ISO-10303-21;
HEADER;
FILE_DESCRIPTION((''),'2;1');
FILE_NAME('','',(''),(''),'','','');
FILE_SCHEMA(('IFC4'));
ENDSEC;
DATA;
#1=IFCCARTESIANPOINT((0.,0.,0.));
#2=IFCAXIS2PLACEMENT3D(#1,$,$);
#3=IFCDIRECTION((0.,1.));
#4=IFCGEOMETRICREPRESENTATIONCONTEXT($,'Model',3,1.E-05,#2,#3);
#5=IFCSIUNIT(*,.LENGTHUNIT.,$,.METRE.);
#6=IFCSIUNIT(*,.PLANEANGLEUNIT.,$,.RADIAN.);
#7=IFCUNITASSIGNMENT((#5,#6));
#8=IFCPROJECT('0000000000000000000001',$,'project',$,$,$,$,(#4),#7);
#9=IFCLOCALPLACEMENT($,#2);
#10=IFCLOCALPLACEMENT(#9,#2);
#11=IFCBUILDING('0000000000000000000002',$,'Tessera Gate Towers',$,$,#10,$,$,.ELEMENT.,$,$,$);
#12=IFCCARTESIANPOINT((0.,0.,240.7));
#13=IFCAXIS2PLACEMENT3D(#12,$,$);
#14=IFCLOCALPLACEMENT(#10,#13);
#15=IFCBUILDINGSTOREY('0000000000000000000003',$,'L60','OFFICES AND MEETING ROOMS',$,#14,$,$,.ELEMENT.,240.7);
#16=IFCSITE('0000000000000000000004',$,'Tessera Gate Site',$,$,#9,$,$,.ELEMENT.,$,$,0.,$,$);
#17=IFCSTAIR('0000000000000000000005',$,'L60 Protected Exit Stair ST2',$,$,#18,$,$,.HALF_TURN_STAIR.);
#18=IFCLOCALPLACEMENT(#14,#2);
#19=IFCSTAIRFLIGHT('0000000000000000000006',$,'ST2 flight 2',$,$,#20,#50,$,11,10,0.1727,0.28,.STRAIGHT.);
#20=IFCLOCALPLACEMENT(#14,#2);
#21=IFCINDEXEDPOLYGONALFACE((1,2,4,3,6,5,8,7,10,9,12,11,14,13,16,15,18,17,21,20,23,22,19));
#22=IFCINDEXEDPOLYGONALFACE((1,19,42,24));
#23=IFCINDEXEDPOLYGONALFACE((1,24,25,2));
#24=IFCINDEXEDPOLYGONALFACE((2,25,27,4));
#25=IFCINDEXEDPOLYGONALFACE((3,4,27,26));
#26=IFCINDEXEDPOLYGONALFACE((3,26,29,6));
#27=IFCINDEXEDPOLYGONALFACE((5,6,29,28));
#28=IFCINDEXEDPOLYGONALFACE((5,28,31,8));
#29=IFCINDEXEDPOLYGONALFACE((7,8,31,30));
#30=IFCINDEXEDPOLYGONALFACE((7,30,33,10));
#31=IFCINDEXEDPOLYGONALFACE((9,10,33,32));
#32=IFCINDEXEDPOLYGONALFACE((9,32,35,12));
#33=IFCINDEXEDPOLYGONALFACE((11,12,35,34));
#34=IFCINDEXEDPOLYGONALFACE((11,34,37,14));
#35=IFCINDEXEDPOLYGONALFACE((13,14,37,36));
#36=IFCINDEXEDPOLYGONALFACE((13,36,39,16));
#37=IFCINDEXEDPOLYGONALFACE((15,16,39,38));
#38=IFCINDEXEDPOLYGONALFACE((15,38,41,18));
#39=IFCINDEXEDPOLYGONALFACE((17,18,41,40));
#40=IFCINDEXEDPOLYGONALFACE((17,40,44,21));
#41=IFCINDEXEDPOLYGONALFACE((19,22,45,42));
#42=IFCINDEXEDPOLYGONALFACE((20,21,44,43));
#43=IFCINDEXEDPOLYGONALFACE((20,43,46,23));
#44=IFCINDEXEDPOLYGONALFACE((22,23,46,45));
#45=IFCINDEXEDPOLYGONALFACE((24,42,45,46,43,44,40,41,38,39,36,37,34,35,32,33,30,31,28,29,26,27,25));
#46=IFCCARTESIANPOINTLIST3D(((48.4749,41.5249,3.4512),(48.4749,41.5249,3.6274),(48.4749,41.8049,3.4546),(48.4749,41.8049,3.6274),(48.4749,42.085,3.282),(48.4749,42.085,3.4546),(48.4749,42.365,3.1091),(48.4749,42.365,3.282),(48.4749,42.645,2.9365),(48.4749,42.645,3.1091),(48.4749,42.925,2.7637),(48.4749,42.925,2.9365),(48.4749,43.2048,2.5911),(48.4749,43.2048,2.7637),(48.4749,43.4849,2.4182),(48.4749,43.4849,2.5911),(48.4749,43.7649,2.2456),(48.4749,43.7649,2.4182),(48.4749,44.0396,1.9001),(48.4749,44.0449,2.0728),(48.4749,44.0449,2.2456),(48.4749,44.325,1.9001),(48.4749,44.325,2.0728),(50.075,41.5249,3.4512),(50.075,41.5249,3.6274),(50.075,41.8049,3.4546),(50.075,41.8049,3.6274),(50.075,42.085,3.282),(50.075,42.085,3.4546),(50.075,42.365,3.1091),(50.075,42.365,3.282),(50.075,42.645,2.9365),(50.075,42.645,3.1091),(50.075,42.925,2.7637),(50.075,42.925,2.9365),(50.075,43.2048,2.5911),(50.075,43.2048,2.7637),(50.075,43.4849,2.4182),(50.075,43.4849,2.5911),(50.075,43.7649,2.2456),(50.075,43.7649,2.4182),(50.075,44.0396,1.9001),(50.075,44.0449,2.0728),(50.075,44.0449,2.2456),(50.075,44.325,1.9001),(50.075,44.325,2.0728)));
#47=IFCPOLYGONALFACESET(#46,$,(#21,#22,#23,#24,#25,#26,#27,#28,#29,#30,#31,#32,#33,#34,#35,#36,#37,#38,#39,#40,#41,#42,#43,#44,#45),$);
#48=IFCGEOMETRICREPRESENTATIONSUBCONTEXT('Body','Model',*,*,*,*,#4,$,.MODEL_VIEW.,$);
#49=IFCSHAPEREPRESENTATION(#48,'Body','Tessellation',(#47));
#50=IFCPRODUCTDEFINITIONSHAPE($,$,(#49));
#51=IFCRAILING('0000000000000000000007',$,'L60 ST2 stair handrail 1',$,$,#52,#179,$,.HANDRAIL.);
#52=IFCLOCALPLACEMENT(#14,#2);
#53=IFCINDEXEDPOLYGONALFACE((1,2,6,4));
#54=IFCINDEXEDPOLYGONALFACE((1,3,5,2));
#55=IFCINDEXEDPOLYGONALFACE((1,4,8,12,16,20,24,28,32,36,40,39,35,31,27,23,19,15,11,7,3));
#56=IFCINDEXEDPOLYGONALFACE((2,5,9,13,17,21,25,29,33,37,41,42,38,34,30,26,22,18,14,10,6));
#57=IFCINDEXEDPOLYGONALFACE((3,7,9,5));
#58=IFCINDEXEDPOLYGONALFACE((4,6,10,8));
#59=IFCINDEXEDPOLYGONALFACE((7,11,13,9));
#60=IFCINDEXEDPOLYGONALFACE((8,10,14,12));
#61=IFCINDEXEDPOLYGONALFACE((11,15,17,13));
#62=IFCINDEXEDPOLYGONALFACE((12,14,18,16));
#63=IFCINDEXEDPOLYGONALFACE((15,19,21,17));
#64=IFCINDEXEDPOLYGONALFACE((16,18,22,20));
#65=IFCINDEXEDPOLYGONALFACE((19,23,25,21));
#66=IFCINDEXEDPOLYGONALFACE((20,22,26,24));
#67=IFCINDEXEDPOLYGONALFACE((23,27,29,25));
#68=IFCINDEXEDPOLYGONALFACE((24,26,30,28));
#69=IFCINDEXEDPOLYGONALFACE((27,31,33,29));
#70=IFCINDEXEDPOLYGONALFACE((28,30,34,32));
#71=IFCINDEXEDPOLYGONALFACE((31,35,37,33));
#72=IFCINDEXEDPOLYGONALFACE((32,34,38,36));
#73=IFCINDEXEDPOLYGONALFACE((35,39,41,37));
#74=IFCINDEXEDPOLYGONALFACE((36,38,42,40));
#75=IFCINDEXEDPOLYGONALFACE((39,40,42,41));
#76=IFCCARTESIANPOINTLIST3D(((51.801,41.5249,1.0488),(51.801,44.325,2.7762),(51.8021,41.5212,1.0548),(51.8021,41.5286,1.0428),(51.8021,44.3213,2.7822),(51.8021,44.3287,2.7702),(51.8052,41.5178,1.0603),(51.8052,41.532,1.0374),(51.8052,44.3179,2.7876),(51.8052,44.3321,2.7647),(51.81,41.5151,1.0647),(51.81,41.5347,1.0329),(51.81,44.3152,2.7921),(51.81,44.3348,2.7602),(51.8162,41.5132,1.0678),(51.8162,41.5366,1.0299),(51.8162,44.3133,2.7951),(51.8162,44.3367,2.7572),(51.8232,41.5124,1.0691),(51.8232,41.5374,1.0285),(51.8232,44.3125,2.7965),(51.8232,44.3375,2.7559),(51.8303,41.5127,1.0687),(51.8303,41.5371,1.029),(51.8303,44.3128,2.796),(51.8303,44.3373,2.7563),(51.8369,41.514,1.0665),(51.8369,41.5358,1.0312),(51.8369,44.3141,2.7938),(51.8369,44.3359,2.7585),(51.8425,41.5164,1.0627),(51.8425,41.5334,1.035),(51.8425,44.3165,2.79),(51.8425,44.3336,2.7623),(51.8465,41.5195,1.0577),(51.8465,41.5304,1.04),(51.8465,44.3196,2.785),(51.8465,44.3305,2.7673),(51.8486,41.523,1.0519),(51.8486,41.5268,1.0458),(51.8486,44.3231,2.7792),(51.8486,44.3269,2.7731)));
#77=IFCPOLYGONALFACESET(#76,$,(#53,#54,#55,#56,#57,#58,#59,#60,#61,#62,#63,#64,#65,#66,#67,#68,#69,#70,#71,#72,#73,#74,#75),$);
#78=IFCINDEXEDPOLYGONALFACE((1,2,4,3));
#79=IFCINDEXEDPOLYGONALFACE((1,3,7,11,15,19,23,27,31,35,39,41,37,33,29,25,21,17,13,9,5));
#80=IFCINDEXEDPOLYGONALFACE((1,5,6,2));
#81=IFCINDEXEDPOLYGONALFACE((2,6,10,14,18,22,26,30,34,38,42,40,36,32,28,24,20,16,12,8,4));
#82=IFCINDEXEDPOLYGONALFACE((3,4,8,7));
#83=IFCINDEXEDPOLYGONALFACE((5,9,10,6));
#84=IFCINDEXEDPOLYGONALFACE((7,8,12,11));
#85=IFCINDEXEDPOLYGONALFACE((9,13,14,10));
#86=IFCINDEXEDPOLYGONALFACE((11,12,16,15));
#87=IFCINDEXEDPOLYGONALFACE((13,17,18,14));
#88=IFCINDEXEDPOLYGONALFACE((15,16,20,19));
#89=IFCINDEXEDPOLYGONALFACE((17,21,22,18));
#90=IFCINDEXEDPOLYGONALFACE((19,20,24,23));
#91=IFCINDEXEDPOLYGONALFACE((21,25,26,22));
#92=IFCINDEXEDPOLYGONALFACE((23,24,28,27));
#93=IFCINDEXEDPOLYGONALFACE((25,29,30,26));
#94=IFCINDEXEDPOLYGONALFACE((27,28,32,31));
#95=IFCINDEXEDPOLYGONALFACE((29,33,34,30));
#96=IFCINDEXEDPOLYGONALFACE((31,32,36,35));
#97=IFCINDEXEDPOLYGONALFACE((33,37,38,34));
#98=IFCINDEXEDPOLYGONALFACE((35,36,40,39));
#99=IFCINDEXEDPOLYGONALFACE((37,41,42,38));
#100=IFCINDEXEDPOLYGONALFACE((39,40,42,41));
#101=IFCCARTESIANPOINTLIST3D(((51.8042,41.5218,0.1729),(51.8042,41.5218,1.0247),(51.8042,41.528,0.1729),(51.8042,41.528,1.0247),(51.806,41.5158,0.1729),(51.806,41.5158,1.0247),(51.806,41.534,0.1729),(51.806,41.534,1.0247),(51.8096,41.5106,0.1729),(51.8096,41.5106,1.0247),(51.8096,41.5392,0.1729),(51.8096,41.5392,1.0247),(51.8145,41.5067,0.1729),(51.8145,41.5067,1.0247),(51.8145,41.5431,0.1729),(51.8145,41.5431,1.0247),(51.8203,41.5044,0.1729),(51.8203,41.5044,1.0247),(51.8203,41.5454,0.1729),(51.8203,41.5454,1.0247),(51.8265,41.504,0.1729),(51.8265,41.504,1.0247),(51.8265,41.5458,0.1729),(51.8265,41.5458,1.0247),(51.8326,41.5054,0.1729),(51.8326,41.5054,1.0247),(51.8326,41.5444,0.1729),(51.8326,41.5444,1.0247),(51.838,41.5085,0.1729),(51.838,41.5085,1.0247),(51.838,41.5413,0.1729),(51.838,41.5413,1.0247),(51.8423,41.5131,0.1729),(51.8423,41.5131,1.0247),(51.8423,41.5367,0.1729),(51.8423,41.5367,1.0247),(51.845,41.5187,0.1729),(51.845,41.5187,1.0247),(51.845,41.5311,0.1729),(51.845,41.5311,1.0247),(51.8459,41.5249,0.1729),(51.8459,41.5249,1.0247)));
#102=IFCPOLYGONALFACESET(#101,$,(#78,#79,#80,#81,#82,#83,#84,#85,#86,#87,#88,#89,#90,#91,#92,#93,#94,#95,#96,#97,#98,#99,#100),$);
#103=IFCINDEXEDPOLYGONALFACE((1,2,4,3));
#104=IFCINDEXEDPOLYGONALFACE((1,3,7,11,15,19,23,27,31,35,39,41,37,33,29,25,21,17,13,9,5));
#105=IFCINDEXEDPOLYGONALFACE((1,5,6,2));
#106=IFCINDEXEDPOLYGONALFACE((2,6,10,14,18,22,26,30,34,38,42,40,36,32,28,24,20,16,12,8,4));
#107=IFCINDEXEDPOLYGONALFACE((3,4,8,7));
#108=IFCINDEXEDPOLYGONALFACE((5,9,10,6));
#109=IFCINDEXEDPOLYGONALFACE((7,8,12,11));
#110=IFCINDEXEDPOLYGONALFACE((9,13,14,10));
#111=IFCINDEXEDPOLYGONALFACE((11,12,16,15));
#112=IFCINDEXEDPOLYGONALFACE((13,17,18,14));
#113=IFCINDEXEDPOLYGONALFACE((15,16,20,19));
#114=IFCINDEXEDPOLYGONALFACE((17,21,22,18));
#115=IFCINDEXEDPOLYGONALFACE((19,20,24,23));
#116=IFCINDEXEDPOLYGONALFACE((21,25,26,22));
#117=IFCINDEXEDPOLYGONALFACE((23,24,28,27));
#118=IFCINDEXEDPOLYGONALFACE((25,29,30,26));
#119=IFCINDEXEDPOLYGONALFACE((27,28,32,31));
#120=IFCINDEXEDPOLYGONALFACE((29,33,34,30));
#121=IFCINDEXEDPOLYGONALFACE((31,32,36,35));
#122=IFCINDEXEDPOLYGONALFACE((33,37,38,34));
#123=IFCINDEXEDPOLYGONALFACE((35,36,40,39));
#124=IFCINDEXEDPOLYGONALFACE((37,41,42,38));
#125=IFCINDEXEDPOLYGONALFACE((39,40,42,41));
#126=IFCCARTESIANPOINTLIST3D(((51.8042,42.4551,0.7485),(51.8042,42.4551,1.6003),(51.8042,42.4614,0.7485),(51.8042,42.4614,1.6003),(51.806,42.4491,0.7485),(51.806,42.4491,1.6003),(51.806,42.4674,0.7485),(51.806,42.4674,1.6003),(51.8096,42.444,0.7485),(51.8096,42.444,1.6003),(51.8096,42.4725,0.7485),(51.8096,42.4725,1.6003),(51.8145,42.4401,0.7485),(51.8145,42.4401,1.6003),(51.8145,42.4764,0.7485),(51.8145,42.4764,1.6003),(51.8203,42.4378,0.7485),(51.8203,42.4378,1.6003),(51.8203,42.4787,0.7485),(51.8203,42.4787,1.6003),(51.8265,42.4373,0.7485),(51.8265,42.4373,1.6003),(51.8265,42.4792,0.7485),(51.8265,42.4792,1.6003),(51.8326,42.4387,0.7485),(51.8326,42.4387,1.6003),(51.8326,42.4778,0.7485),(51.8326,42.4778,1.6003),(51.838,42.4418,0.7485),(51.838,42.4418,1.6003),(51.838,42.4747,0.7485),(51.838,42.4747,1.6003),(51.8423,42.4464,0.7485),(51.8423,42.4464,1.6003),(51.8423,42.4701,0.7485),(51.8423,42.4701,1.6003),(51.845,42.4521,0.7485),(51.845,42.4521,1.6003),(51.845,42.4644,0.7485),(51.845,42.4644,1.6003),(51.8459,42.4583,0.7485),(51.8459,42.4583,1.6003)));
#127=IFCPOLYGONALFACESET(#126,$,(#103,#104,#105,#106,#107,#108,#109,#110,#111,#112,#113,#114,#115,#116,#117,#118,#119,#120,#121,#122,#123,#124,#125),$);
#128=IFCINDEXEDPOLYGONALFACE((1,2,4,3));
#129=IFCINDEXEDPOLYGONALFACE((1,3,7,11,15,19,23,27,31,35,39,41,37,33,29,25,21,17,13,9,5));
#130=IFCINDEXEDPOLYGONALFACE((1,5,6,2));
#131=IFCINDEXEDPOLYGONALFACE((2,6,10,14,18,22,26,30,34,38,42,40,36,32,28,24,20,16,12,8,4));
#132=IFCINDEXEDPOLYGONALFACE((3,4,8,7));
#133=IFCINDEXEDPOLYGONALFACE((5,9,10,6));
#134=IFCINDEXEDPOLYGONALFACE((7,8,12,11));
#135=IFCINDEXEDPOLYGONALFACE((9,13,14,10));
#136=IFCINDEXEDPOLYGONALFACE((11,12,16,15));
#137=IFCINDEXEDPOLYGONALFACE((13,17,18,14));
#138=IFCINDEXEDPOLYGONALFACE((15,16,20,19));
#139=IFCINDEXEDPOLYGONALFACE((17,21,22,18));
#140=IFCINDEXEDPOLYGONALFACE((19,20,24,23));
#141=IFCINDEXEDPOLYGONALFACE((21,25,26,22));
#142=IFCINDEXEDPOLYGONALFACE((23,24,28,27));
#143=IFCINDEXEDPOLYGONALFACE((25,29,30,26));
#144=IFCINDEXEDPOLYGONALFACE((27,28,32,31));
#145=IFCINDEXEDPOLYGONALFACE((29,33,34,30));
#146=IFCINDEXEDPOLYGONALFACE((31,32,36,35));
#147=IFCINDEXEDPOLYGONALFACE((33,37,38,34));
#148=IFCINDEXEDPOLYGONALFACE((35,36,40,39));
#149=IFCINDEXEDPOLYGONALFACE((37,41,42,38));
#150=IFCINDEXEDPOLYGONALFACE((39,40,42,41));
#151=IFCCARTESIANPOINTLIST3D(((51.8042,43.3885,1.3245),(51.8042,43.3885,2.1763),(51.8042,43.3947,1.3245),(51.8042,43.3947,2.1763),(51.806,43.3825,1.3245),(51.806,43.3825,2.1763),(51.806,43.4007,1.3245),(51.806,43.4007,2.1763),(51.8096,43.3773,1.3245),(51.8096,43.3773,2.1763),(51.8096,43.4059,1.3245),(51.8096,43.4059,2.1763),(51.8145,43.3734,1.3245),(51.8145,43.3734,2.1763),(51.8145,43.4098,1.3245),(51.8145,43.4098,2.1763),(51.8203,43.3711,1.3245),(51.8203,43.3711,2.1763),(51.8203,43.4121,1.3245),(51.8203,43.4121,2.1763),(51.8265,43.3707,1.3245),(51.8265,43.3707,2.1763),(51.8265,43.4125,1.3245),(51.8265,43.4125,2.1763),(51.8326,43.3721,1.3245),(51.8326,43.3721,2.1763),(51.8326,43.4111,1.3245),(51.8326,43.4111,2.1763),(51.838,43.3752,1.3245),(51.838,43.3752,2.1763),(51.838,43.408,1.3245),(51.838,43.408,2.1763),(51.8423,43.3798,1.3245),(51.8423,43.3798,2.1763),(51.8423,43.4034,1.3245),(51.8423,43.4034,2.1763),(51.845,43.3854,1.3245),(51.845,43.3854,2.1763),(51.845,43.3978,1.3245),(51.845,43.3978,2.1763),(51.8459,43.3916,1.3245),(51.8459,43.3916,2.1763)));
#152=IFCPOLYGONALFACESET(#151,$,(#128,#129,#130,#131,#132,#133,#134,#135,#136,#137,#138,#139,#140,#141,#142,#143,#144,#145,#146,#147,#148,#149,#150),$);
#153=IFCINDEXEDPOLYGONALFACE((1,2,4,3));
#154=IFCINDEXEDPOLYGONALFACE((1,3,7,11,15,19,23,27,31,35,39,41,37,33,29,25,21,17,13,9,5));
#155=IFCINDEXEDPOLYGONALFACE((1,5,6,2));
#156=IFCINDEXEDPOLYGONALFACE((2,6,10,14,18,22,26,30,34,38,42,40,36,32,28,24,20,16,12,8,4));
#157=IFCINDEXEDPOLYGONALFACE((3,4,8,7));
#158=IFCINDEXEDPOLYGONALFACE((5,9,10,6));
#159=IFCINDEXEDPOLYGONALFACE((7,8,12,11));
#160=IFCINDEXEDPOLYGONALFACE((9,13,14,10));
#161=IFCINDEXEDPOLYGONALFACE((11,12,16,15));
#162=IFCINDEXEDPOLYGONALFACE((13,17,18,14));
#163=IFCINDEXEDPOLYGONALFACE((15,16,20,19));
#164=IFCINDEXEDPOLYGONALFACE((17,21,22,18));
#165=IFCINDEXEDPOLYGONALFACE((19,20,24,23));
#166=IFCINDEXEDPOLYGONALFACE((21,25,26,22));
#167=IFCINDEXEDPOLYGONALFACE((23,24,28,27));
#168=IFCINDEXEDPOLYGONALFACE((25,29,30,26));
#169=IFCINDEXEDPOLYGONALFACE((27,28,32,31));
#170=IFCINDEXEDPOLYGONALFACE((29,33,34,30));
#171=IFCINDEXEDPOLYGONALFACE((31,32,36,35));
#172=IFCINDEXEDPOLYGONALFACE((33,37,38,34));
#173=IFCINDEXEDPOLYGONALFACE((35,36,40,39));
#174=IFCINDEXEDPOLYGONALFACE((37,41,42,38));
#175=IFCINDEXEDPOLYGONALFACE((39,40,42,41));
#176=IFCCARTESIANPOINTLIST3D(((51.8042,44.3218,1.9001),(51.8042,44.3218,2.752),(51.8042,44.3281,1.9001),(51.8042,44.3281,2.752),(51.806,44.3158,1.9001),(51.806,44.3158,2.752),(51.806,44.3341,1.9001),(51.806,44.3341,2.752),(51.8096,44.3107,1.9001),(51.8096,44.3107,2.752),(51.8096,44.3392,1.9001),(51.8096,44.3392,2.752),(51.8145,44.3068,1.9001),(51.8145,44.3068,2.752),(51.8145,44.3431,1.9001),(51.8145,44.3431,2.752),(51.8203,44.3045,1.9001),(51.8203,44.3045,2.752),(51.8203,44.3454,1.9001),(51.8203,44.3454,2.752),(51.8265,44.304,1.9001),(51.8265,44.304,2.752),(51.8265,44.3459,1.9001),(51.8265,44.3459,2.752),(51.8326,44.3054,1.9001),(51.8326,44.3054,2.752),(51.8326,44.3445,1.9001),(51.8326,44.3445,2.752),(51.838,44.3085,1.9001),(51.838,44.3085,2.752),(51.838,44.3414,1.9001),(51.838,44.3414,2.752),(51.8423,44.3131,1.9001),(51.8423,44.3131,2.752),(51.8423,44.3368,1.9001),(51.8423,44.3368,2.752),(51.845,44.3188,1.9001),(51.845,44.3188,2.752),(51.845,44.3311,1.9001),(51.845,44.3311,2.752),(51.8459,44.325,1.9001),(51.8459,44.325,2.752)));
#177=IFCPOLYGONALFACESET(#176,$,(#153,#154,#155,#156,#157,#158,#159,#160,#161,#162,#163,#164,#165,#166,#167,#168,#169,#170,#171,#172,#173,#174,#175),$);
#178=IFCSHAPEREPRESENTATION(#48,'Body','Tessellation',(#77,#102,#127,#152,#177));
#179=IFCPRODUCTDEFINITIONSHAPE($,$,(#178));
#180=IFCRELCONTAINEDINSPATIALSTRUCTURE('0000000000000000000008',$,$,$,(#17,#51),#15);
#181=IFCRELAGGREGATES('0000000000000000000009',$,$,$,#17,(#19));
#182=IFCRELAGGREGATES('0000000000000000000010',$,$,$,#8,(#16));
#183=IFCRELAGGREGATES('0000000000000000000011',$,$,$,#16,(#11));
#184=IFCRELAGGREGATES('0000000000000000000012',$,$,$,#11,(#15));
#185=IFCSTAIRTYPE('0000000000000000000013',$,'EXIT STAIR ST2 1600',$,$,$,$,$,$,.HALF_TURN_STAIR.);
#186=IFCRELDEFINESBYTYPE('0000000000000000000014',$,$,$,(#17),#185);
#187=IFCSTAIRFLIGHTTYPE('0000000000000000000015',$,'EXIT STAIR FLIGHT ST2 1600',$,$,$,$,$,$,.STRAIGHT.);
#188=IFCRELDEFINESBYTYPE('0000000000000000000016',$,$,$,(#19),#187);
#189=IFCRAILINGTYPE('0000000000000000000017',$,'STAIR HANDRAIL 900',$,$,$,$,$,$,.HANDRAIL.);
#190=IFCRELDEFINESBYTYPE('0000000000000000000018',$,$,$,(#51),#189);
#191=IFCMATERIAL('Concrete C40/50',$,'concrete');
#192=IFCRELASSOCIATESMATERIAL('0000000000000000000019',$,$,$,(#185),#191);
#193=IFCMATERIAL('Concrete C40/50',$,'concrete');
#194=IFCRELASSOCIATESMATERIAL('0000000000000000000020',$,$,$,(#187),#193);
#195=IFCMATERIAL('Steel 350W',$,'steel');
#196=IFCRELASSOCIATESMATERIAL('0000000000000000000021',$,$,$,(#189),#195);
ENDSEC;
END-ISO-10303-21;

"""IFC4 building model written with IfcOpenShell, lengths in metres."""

from ifc_helpers import new_model, si_unit, direction, frame, origin, origin_2d, place, context, subcontext, project, spatial, polyline, circle, outline, extrude, material, type_object, element, aggregate, save


model = new_model("IFC4")

# Units and contexts
model_context = context("Model", 3, precision=1e-05, world=origin(), true_north=direction((0.0, 1.0)))
body_context = subcontext(model_context, "Body", "Model", "MODEL_VIEW")
ifc_project = project(units=[si_unit("LENGTHUNIT", "METRE"), si_unit("PLANEANGLEUNIT", "RADIAN")], contexts=[model_context])

# Site, building, storey
site_placement = place(None, origin())
site = spatial("IfcSite", under=ifc_project, at=site_placement, Name="Tessera Gate Site", CompositionType="ELEMENT", RefElevation=0.0)
building_placement = place(site_placement, origin())
building = spatial("IfcBuilding", under=site, at=building_placement, Name="Tessera Gate Towers", CompositionType="ELEMENT")
storey_placement = place(building_placement, frame((0.0, 0.0, 240.7)))
storey = spatial("IfcBuildingStorey", under=building, at=storey_placement, Name="L60", Description="OFFICES AND MEETING ROOMS", CompositionType="ELEMENT", Elevation=240.7)

# Stair, stair flight
ifc_material_1 = material(Name="Concrete C40/50", Category="concrete")
stair_type = type_object("IfcStairType", Name="EXIT STAIR ST2 1600", PredefinedType="HALF_TURN_STAIR", material=ifc_material_1)
stair_placement = place(storey_placement, origin())
stair = element("IfcStair", 1, at=stair_placement, inside=storey, type_object=stair_type, Name="L60 Protected Exit Stair ST2", PredefinedType="HALF_TURN_STAIR")
ifc_material_2 = material(Name="Concrete C40/50", Category="concrete")
stair_flight_type = type_object("IfcStairFlightType", Name="EXIT STAIR FLIGHT ST2 1600", PredefinedType="STRAIGHT", material=ifc_material_2)
stair_flight_1_placement = place(storey_placement, frame((49.2749, 44.325, 1.9001), z_axis=(0.0, 0.0, 1.0), x_axis=(0.0, -1.0, 0.0)))
stair_flight_1 = element("IfcStairFlight", 2, at=stair_flight_1_placement, type_object=stair_flight_type, Name="ST2 flight 2", NumberOfRisers=11, NumberOfTreads=10, PredefinedType="STRAIGHT", RiserHeight=0.1727, TreadLength=0.28, context=body_context, shape_type="SweptSolid", body=[
    extrude(outline(polyline([(0.0, 0.0), (0.0, 0.1726), (0.28, 0.1726), (0.28, 0.3455), (0.5601, 0.3455), (0.5601, 0.5181), (0.8401, 0.5181), (0.8401, 0.6909), (1.1201, 0.6909), (1.1201, 0.8635), (1.3999, 0.8635), (1.3999, 1.0364), (1.6799, 1.0364), (1.6799, 1.209), (1.96, 1.209), (1.96, 1.3818), (2.24, 1.3818), (2.24, 1.5544), (2.52, 1.5544), (2.52, 1.7273), (2.8, 1.7273), (2.8, 1.8999), (2.8, 1.551), (0.2854, 0.0), (0.0, 0.0)])), frame((0.0, 0.8, 0.0), z_axis=(0.0, -1.0, 0.0), x_axis=(1.0, 0.0, 0.0)), (0.0, 0.0, 1.0), 1.6001),
])
aggregate(stair, [stair_flight_1])

# Railing
ifc_material_3 = material(Name="Steel 350W", Category="steel")
railing_type_1 = type_object("IfcRailingType", Name="STAIR HANDRAIL 900", PredefinedType="HANDRAIL", material=ifc_material_3)
railing_1_placement = place(storey_placement, frame((51.825, 41.5249, 0.1729)))
element("IfcRailing", 3, at=railing_1_placement, inside=storey, type_object=railing_type_1, Name="L60 ST2 stair handrail 1", PredefinedType="HANDRAIL", context=body_context, shape_type="SweptSolid", body=[
    extrude(circle(Radius=0.0239, at=origin_2d()), frame((0.0, 0.0, 0.876), z_axis=(0.0, 0.85109, 0.52502), x_axis=(-1.0, 0.0, 0.0)), (0.0, 0.0, 1.0), 3.29),
    extrude(circle(Radius=0.021, at=origin_2d()), origin(), (0.0, 0.0, 1.0), 0.8518),
    extrude(circle(Radius=0.021, at=origin_2d()), frame((0.0, 0.9333, 0.5757)), (0.0, 0.0, 1.0), 0.8518),
    extrude(circle(Radius=0.021, at=origin_2d()), frame((0.0, 1.8667, 1.1516)), (0.0, 0.0, 1.0), 0.8518),
    extrude(circle(Radius=0.021, at=origin_2d()), frame((0.0, 2.8, 1.7273)), (0.0, 0.0, 1.0), 0.8518),
])

save(model, "model.ifc")
